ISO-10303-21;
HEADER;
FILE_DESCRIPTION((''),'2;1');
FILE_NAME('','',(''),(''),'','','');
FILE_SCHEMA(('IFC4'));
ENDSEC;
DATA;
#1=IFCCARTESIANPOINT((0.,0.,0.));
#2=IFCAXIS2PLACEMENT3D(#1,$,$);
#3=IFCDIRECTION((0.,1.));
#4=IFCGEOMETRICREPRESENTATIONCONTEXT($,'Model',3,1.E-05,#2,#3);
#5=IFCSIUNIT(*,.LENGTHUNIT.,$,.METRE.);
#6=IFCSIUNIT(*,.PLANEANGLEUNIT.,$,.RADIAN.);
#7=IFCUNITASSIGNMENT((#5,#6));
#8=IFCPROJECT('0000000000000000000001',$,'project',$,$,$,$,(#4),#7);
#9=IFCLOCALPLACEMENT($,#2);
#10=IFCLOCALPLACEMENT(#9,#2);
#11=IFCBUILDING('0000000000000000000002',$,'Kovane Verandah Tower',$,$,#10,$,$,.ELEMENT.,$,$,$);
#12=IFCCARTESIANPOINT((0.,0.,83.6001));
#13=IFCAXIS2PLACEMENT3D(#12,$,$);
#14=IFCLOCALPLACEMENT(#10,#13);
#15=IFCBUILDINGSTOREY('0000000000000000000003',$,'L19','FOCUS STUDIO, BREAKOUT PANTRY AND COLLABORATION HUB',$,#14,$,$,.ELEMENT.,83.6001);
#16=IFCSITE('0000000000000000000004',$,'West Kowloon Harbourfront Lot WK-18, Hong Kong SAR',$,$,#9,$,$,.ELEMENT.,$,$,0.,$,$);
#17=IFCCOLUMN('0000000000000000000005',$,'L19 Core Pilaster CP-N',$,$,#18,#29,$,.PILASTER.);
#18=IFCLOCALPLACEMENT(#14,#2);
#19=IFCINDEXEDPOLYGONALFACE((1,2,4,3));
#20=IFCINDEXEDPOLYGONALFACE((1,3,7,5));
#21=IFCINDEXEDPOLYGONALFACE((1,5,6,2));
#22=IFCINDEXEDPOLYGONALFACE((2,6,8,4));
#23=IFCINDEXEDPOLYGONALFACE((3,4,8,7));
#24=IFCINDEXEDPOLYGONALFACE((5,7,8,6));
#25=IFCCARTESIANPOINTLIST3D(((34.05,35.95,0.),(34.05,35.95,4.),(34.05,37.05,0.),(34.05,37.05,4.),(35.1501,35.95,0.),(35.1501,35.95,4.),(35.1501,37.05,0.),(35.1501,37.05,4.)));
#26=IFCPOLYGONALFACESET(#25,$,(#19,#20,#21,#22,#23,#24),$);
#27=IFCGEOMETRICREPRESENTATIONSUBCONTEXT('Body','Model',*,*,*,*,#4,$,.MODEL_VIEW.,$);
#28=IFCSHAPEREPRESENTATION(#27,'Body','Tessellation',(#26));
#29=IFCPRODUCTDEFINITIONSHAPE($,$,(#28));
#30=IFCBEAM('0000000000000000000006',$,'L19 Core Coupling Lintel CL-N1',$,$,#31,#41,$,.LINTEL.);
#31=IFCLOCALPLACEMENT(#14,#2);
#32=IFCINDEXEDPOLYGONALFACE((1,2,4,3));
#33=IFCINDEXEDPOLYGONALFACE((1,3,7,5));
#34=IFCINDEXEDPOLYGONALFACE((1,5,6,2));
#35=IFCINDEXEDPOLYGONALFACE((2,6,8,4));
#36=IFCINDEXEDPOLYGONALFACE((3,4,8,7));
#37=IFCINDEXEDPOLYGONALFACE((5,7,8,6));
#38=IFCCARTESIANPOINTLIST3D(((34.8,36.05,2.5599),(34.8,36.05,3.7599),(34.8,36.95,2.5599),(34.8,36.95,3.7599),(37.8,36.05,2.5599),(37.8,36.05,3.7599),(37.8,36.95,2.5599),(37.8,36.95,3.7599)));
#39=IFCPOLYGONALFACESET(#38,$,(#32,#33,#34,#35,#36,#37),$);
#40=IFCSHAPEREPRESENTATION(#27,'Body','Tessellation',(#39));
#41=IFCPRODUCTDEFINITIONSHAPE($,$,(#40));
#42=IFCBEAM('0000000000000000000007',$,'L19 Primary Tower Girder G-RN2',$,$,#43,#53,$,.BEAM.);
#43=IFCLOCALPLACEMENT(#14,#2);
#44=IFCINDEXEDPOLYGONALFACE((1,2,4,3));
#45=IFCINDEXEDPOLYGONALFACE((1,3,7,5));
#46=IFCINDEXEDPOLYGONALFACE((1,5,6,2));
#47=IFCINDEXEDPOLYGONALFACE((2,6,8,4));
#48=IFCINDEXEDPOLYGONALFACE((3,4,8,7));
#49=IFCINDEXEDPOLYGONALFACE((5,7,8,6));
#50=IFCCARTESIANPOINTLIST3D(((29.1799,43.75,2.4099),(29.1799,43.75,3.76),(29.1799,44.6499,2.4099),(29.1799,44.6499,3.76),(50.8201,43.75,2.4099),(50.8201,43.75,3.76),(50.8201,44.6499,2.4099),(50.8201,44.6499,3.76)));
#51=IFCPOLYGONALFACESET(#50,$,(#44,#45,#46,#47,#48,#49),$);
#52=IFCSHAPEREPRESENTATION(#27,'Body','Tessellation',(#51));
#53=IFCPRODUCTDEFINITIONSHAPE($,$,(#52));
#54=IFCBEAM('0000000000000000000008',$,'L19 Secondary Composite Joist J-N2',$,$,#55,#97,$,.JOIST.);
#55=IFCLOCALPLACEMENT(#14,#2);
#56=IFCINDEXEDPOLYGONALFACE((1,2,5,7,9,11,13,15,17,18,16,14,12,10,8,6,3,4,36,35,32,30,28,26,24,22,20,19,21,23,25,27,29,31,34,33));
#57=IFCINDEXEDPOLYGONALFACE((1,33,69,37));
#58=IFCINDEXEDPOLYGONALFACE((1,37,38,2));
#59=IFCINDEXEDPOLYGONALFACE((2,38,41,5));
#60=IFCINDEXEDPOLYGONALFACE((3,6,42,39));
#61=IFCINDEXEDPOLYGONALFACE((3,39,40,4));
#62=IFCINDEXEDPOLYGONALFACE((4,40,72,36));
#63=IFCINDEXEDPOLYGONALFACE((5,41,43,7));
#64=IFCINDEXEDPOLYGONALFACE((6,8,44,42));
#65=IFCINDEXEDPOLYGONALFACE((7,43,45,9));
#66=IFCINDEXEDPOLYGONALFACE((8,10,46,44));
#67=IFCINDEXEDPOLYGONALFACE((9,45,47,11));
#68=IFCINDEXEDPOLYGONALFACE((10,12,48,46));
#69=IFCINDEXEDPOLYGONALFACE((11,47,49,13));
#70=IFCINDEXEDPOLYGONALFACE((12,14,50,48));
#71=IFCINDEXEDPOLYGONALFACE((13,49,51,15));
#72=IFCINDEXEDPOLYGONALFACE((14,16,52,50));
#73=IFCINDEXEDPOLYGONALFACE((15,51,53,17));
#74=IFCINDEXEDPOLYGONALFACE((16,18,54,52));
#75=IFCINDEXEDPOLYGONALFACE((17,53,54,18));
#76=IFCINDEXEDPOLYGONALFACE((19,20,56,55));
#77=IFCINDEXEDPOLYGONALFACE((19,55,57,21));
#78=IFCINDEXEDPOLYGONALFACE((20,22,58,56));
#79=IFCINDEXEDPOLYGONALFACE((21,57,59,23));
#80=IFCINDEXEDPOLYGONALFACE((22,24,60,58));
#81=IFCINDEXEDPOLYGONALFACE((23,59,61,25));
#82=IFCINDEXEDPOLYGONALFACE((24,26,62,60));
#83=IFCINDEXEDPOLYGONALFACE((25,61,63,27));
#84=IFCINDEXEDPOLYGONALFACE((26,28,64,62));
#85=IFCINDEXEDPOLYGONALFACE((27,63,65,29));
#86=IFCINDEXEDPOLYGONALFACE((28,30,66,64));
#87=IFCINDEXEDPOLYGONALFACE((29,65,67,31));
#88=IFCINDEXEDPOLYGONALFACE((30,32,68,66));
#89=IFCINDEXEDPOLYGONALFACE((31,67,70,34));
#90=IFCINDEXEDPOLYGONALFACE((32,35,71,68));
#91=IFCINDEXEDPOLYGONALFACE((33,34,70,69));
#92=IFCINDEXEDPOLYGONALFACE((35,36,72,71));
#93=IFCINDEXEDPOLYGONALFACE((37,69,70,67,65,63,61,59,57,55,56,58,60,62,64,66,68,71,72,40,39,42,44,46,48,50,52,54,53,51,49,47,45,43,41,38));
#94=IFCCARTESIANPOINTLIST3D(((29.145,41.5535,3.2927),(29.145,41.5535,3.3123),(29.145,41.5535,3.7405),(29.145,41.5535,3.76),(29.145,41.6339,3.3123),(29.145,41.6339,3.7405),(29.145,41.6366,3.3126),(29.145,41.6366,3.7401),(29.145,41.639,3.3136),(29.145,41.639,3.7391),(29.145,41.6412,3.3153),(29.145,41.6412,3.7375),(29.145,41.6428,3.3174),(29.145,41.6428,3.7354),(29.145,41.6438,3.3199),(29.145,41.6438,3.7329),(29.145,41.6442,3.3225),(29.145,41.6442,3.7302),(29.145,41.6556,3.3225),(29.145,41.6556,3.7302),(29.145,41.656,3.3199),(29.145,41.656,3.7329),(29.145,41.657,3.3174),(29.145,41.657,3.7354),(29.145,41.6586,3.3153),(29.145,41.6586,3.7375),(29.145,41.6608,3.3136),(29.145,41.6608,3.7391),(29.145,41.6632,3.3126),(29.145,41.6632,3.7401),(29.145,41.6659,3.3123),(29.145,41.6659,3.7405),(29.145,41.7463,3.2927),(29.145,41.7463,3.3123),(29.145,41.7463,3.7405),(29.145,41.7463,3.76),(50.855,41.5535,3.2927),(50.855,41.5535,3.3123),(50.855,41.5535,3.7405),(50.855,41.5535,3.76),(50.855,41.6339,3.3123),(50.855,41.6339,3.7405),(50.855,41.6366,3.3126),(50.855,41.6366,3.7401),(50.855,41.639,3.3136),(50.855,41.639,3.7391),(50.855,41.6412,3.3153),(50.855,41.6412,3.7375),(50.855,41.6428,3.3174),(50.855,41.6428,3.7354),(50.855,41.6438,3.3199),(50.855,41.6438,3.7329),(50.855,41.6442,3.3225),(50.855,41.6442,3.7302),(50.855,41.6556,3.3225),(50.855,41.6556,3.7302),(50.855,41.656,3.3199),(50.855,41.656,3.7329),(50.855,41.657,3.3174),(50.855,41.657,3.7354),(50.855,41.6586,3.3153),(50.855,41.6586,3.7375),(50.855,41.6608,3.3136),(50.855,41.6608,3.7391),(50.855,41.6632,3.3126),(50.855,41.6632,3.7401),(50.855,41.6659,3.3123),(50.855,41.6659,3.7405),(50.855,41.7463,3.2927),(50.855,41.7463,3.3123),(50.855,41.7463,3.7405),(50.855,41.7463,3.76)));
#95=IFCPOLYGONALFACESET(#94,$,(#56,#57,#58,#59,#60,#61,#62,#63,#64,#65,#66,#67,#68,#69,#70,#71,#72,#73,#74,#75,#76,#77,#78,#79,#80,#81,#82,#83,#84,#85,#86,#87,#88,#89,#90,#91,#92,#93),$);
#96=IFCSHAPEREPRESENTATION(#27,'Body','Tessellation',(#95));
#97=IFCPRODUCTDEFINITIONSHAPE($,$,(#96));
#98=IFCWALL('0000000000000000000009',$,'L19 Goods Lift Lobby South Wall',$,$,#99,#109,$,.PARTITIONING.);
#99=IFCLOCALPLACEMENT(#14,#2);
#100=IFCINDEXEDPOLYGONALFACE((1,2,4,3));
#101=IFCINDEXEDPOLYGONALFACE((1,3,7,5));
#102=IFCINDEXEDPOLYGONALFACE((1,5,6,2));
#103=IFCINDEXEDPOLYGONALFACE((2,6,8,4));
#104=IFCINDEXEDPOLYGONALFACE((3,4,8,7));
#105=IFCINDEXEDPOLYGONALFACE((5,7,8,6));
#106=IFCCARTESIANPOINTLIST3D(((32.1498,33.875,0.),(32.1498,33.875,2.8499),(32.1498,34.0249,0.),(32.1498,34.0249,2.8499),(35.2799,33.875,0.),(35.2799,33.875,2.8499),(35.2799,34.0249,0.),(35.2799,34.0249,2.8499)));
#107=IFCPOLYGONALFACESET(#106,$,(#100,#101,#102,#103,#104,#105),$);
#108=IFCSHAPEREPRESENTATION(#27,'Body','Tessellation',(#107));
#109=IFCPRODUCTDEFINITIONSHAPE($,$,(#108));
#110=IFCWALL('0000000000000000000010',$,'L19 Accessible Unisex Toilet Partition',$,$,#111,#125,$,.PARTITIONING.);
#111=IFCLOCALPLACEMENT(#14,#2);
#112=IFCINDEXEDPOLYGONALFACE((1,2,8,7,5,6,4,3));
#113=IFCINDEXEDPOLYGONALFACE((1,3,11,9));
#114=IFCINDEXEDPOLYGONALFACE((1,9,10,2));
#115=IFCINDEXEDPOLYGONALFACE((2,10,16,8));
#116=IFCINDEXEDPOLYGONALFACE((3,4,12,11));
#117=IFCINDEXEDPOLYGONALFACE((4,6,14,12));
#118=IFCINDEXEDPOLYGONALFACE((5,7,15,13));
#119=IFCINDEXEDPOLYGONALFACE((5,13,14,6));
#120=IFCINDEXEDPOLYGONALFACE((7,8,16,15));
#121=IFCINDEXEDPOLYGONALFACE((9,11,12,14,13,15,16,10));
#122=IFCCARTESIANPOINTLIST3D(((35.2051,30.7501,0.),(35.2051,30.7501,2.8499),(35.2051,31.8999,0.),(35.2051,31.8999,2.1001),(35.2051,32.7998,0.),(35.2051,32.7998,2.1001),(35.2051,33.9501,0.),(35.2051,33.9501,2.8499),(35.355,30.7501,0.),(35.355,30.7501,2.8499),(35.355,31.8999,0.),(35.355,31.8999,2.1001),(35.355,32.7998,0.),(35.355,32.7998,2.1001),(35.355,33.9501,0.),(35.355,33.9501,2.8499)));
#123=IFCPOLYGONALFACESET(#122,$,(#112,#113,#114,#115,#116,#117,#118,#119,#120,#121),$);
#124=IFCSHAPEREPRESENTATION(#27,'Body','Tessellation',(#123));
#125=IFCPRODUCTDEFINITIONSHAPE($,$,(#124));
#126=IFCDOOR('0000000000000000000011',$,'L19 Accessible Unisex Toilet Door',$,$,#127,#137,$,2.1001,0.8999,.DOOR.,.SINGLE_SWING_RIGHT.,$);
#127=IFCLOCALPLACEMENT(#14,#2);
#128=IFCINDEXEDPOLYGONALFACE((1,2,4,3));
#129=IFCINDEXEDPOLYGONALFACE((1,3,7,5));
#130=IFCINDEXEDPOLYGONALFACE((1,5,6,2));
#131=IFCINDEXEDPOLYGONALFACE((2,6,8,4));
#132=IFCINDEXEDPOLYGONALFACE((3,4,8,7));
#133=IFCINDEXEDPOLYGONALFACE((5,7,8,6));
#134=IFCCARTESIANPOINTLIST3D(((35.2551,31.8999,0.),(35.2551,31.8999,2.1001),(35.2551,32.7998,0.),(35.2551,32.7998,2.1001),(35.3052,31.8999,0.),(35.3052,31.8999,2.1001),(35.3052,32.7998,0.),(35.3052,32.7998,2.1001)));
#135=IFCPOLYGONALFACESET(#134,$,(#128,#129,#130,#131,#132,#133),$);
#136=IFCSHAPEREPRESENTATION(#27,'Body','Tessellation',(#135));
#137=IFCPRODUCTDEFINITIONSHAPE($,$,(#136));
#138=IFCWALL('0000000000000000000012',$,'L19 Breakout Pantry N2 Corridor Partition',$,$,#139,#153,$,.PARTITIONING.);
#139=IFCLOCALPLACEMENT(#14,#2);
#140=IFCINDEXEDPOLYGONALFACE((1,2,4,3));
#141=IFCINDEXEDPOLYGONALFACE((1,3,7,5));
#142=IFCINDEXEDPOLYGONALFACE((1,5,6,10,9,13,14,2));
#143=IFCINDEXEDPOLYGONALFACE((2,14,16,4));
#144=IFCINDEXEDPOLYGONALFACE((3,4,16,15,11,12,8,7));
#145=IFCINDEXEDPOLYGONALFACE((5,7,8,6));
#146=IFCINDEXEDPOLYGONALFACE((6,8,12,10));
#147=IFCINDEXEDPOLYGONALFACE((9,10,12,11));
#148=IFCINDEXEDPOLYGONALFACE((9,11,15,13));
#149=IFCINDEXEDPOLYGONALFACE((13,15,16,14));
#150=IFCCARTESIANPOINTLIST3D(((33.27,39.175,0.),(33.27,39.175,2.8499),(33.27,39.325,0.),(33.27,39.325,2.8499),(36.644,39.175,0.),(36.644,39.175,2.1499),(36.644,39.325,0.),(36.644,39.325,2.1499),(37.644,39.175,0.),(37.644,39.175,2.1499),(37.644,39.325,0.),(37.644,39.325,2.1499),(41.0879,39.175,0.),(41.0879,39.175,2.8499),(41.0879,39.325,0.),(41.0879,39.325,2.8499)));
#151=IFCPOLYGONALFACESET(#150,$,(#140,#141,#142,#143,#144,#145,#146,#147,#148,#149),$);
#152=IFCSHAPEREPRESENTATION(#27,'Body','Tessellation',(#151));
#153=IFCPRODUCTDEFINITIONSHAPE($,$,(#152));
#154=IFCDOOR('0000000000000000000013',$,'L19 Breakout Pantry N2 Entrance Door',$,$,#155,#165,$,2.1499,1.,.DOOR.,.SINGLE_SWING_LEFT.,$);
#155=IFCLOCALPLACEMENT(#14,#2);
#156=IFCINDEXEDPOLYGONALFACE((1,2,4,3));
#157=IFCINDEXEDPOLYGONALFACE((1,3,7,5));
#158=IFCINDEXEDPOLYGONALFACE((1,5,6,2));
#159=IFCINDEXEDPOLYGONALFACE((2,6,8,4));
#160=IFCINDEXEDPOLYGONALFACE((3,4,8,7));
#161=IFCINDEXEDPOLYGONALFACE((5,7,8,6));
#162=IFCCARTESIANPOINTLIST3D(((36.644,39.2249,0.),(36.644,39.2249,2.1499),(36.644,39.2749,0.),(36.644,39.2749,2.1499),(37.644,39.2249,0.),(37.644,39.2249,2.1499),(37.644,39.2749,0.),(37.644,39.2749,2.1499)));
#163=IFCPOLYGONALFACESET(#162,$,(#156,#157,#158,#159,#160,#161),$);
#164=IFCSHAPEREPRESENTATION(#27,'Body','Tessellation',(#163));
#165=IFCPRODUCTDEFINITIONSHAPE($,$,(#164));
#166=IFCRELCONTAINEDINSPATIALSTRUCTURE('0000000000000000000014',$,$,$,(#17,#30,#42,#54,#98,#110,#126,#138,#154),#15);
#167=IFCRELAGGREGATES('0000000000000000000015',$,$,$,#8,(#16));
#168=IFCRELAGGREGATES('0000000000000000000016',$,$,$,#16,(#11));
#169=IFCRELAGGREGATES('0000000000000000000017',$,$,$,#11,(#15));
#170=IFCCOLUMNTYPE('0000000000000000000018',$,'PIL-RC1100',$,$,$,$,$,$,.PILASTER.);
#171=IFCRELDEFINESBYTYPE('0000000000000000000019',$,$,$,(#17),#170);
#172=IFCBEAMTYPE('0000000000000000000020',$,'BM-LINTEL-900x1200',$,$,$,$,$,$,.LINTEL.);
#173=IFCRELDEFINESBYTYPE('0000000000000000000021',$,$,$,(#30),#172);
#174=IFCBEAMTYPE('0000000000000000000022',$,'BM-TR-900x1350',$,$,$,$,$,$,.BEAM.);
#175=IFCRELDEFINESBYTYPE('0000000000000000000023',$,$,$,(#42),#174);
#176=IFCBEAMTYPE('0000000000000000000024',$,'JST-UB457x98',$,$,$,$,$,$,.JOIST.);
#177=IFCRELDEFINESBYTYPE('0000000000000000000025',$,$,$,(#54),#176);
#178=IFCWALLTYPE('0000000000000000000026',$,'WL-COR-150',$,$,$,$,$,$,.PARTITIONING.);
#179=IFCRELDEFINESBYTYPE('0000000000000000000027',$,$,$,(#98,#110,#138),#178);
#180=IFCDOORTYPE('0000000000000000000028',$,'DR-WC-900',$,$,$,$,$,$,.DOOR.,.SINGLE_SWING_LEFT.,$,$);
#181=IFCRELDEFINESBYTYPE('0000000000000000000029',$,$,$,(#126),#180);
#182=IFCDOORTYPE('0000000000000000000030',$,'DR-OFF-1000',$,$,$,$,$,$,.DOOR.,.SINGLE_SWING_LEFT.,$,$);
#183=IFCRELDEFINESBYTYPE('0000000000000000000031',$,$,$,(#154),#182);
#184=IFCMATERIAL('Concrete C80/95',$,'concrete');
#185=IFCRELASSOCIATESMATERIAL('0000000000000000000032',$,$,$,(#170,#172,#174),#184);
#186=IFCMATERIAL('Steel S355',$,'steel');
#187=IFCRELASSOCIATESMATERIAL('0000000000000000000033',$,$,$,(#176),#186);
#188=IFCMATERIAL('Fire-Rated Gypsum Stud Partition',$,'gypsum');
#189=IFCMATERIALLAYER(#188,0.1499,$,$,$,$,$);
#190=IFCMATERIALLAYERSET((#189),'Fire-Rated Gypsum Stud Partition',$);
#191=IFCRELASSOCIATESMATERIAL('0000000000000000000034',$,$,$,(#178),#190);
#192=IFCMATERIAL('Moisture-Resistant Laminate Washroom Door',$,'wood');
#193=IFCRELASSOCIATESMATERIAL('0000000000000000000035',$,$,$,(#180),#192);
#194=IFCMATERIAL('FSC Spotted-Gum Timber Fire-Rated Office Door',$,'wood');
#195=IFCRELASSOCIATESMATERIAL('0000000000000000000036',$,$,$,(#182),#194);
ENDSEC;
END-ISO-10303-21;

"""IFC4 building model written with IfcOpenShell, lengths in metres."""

from ifc_helpers import new_model, si_unit, direction, frame, frame_2d, origin, origin_2d, place, context, subcontext, project, spatial, rectangle, i_section, extrude, material, layer, layer_set, material_profile, profile_set, type_object, element, fill, save


model = new_model("IFC4")

# Units and contexts
model_context = context("Model", 3, precision=1e-05, world=origin(), true_north=direction((0.0, 1.0)))
body_context = subcontext(model_context, "Body", "Model", "MODEL_VIEW")
ifc_project = project(units=[si_unit("LENGTHUNIT", "METRE"), si_unit("PLANEANGLEUNIT", "RADIAN")], contexts=[model_context])

# Site, building, storey
site_placement = place(None, origin())
site = spatial("IfcSite", under=ifc_project, at=site_placement, Name="West Kowloon Harbourfront Lot WK-18, Hong Kong SAR", CompositionType="ELEMENT", RefElevation=0.0)
building_placement = place(site_placement, origin())
building = spatial("IfcBuilding", under=site, at=building_placement, Name="Kovane Verandah Tower", CompositionType="ELEMENT")
storey_placement = place(building_placement, frame((0.0, 0.0, 83.6001)))
storey = spatial("IfcBuildingStorey", under=building, at=storey_placement, Name="L19", Description="FOCUS STUDIO, BREAKOUT PANTRY AND COLLABORATION HUB", CompositionType="ELEMENT", Elevation=83.6001)

# Column
ifc_material_1 = material(Name="Concrete C80/95", Category="concrete")
ifc_material_profile_1 = material_profile(ifc_material_1, rectangle(XDim=1.1001, YDim=1.1001, at=origin_2d()), Name="RC1100x1100")
ifc_profile_set_1 = profile_set([ifc_material_profile_1], Name="Concrete C80/95")
column_type = type_object("IfcColumnType", Name="PIL-RC1100", PredefinedType="PILASTER", material=ifc_profile_set_1)
column_placement = place(storey_placement, frame((34.6001, 36.5, 0.0), z_axis=(0.0, 0.0, 1.0), x_axis=(1.0, 0.0, 0.0)))
element("IfcColumn", 1, at=column_placement, inside=storey, type_object=column_type, Name="L19 Core Pilaster CP-N", PredefinedType="PILASTER", context=body_context, shape_type="SweptSolid", body=[
    extrude(rectangle(XDim=1.1001, YDim=1.1001, at=origin_2d()), origin(), (0.0, 0.0, 1.0), 4.0),
])

# Beams
ifc_material_profile_2 = material_profile(ifc_material_1, rectangle(XDim=0.8999, YDim=1.2, at=origin_2d()), Name="RCB900x1200")
ifc_profile_set_2 = profile_set([ifc_material_profile_2], Name="Concrete C80/95")
beam_type_1 = type_object("IfcBeamType", Name="BM-LINTEL-900x1200", PredefinedType="LINTEL", material=ifc_profile_set_2)
beam_1_placement = place(storey_placement, frame((34.8, 36.5, 3.1599), z_axis=(1.0, 0.0, 0.0), x_axis=(0.0, 1.0, 0.0)))
element("IfcBeam", 2, at=beam_1_placement, inside=storey, type_object=beam_type_1, Name="L19 Core Coupling Lintel CL-N1", PredefinedType="LINTEL", context=body_context, shape_type="SweptSolid", body=[
    extrude(rectangle(XDim=0.8999, YDim=1.2, at=origin_2d()), origin(), (0.0, 0.0, 1.0), 3.0),
])
ifc_material_profile_3 = material_profile(ifc_material_1, rectangle(XDim=0.8999, YDim=1.3501, at=origin_2d()), Name="RCB900x1350")
ifc_profile_set_3 = profile_set([ifc_material_profile_3], Name="Concrete C80/95")
beam_type_2 = type_object("IfcBeamType", Name="BM-TR-900x1350", PredefinedType="BEAM", material=ifc_profile_set_3)
beam_2_placement = place(storey_placement, frame((29.1799, 44.2, 3.085), z_axis=(1.0, 0.0, 0.0), x_axis=(0.0, 1.0, 0.0)))
element("IfcBeam", 3, at=beam_2_placement, inside=storey, type_object=beam_type_2, Name="L19 Primary Tower Girder G-RN2", PredefinedType="BEAM", context=body_context, shape_type="SweptSolid", body=[
    extrude(rectangle(XDim=0.8999, YDim=1.3501, at=origin_2d()), origin(), (0.0, 0.0, 1.0), 21.6401),
])
ifc_material_2 = material(Name="Steel S355", Category="steel")
ifc_material_profile_4 = material_profile(ifc_material_2, i_section(OverallWidth=0.1929, OverallDepth=0.4673, WebThickness=0.0115, FlangeThickness=0.0195, FilletRadius=0.0103, at=origin_2d()), Name="UB457x191x98")
ifc_profile_set_4 = profile_set([ifc_material_profile_4], Name="Steel S355")
beam_type_3 = type_object("IfcBeamType", Name="JST-UB457x98", PredefinedType="JOIST", material=ifc_profile_set_4)
beam_3_placement = place(storey_placement, frame((29.145, 41.6499, 3.5264), z_axis=(1.0, 0.0, 0.0), x_axis=(0.0, 1.0, 0.0)))
element("IfcBeam", 4, at=beam_3_placement, inside=storey, type_object=beam_type_3, Name="L19 Secondary Composite Joist J-N2", PredefinedType="JOIST", context=body_context, shape_type="SweptSolid", body=[
    extrude(i_section(OverallWidth=0.1929, OverallDepth=0.4673, WebThickness=0.0115, FlangeThickness=0.0195, FilletRadius=0.0103, at=origin_2d()), origin(), (0.0, 0.0, 1.0), 21.71),
])

# Wall
ifc_material_3 = material(Name="Fire-Rated Gypsum Stud Partition", Category="gypsum")
ifc_layer_1 = layer(ifc_material_3, 0.1499)
ifc_layer_set_1 = layer_set([ifc_layer_1], Name="Fire-Rated Gypsum Stud Partition")
wall_type_1 = type_object("IfcWallType", Name="WL-COR-150", PredefinedType="PARTITIONING", material=ifc_layer_set_1)
wall_1_placement = place(storey_placement, frame((32.1499, 33.95, 0.0), z_axis=(0.0, 0.0, 1.0), x_axis=(1.0, 0.0, 0.0)))
element("IfcWall", 5, at=wall_1_placement, inside=storey, type_object=wall_type_1, Name="L19 Goods Lift Lobby South Wall", PredefinedType="PARTITIONING", context=body_context, shape_type="SweptSolid", body=[
    extrude(rectangle(XDim=3.1301, YDim=0.1499, at=frame_2d((1.5649, 0.0))), origin(), (0.0, 0.0, 1.0), 2.8499),
])

# Walls, openings, doors
wall_2_placement = place(storey_placement, frame((35.28, 30.75, 0.0), z_axis=(0.0, 0.0, 1.0), x_axis=(0.0, 1.0, 0.0)))
wall_2 = element("IfcWall", 6, at=wall_2_placement, inside=storey, type_object=wall_type_1, Name="L19 Accessible Unisex Toilet Partition", PredefinedType="PARTITIONING", context=body_context, shape_type="SweptSolid", body=[
    extrude(rectangle(XDim=3.2, YDim=0.1499, at=frame_2d((1.6001, 0.0))), origin(), (0.0, 0.0, 1.0), 2.8499),
])
opening_1_placement = place(wall_2_placement, frame((1.1499, 0.0, 0.0)))
opening_1 = element("IfcOpeningElement", 7, at=opening_1_placement, cuts=wall_2, PredefinedType="OPENING", context=body_context, shape_type="SweptSolid", body=[
    extrude(rectangle(XDim=0.8999, YDim=2.1001, at=frame_2d((0.45, 1.05))), frame((0.0, 0.075, 0.0), z_axis=(0.0, -1.0, 0.0), x_axis=(1.0, 0.0, 0.0)), (0.0, 0.0, 1.0), 0.1499),
])
ifc_material_4 = material(Name="Moisture-Resistant Laminate Washroom Door", Category="wood")
door_type_1 = type_object("IfcDoorType", Name="DR-WC-900", OperationType="SINGLE_SWING_LEFT", PredefinedType="DOOR", material=ifc_material_4)
door_1_placement = place(opening_1_placement, origin())
door_1 = element("IfcDoor", 8, at=door_1_placement, inside=storey, type_object=door_type_1, Name="L19 Accessible Unisex Toilet Door", OperationType="SINGLE_SWING_RIGHT", OverallHeight=2.1001, OverallWidth=0.8999, PredefinedType="DOOR", context=body_context, shape_type="SweptSolid", body=[
    extrude(rectangle(XDim=0.8999, YDim=2.1001, at=frame_2d((0.45, 1.05))), frame((0.0, 0.0249, 0.0), z_axis=(0.0, -1.0, 0.0), x_axis=(1.0, 0.0, 0.0)), (0.0, 0.0, 1.0), 0.05),
])
fill(opening_1, door_1)
wall_3_placement = place(storey_placement, frame((33.27, 39.25, 0.0), z_axis=(0.0, 0.0, 1.0), x_axis=(1.0, 0.0, 0.0)))
wall_3 = element("IfcWall", 9, at=wall_3_placement, inside=storey, type_object=wall_type_1, Name="L19 Breakout Pantry N2 Corridor Partition", PredefinedType="PARTITIONING", context=body_context, shape_type="SweptSolid", body=[
    extrude(rectangle(XDim=7.8179, YDim=0.1499, at=frame_2d((3.9089, 0.0))), origin(), (0.0, 0.0, 1.0), 2.8499),
])
opening_2_placement = place(wall_3_placement, frame((3.374, 0.0, 0.0)))
opening_2 = element("IfcOpeningElement", 10, at=opening_2_placement, cuts=wall_3, PredefinedType="OPENING", context=body_context, shape_type="SweptSolid", body=[
    extrude(rectangle(XDim=1.0, YDim=2.1499, at=frame_2d((0.5, 1.075))), frame((0.0, 0.075, 0.0), z_axis=(0.0, -1.0, 0.0), x_axis=(1.0, 0.0, 0.0)), (0.0, 0.0, 1.0), 0.1499),
])
ifc_material_5 = material(Name="FSC Spotted-Gum Timber Fire-Rated Office Door", Category="wood")
door_type_2 = type_object("IfcDoorType", Name="DR-OFF-1000", OperationType="SINGLE_SWING_LEFT", PredefinedType="DOOR", material=ifc_material_5)
door_2_placement = place(opening_2_placement, origin())
door_2 = element("IfcDoor", 11, at=door_2_placement, inside=storey, type_object=door_type_2, Name="L19 Breakout Pantry N2 Entrance Door", OperationType="SINGLE_SWING_LEFT", OverallHeight=2.1499, OverallWidth=1.0, PredefinedType="DOOR", context=body_context, shape_type="SweptSolid", body=[
    extrude(rectangle(XDim=1.0, YDim=2.1499, at=frame_2d((0.5, 1.075))), frame((0.0, 0.0249, 0.0), z_axis=(0.0, -1.0, 0.0), x_axis=(1.0, 0.0, 0.0)), (0.0, 0.0, 1.0), 0.05),
])
fill(opening_2, door_2)

save(model, "model.ifc")
